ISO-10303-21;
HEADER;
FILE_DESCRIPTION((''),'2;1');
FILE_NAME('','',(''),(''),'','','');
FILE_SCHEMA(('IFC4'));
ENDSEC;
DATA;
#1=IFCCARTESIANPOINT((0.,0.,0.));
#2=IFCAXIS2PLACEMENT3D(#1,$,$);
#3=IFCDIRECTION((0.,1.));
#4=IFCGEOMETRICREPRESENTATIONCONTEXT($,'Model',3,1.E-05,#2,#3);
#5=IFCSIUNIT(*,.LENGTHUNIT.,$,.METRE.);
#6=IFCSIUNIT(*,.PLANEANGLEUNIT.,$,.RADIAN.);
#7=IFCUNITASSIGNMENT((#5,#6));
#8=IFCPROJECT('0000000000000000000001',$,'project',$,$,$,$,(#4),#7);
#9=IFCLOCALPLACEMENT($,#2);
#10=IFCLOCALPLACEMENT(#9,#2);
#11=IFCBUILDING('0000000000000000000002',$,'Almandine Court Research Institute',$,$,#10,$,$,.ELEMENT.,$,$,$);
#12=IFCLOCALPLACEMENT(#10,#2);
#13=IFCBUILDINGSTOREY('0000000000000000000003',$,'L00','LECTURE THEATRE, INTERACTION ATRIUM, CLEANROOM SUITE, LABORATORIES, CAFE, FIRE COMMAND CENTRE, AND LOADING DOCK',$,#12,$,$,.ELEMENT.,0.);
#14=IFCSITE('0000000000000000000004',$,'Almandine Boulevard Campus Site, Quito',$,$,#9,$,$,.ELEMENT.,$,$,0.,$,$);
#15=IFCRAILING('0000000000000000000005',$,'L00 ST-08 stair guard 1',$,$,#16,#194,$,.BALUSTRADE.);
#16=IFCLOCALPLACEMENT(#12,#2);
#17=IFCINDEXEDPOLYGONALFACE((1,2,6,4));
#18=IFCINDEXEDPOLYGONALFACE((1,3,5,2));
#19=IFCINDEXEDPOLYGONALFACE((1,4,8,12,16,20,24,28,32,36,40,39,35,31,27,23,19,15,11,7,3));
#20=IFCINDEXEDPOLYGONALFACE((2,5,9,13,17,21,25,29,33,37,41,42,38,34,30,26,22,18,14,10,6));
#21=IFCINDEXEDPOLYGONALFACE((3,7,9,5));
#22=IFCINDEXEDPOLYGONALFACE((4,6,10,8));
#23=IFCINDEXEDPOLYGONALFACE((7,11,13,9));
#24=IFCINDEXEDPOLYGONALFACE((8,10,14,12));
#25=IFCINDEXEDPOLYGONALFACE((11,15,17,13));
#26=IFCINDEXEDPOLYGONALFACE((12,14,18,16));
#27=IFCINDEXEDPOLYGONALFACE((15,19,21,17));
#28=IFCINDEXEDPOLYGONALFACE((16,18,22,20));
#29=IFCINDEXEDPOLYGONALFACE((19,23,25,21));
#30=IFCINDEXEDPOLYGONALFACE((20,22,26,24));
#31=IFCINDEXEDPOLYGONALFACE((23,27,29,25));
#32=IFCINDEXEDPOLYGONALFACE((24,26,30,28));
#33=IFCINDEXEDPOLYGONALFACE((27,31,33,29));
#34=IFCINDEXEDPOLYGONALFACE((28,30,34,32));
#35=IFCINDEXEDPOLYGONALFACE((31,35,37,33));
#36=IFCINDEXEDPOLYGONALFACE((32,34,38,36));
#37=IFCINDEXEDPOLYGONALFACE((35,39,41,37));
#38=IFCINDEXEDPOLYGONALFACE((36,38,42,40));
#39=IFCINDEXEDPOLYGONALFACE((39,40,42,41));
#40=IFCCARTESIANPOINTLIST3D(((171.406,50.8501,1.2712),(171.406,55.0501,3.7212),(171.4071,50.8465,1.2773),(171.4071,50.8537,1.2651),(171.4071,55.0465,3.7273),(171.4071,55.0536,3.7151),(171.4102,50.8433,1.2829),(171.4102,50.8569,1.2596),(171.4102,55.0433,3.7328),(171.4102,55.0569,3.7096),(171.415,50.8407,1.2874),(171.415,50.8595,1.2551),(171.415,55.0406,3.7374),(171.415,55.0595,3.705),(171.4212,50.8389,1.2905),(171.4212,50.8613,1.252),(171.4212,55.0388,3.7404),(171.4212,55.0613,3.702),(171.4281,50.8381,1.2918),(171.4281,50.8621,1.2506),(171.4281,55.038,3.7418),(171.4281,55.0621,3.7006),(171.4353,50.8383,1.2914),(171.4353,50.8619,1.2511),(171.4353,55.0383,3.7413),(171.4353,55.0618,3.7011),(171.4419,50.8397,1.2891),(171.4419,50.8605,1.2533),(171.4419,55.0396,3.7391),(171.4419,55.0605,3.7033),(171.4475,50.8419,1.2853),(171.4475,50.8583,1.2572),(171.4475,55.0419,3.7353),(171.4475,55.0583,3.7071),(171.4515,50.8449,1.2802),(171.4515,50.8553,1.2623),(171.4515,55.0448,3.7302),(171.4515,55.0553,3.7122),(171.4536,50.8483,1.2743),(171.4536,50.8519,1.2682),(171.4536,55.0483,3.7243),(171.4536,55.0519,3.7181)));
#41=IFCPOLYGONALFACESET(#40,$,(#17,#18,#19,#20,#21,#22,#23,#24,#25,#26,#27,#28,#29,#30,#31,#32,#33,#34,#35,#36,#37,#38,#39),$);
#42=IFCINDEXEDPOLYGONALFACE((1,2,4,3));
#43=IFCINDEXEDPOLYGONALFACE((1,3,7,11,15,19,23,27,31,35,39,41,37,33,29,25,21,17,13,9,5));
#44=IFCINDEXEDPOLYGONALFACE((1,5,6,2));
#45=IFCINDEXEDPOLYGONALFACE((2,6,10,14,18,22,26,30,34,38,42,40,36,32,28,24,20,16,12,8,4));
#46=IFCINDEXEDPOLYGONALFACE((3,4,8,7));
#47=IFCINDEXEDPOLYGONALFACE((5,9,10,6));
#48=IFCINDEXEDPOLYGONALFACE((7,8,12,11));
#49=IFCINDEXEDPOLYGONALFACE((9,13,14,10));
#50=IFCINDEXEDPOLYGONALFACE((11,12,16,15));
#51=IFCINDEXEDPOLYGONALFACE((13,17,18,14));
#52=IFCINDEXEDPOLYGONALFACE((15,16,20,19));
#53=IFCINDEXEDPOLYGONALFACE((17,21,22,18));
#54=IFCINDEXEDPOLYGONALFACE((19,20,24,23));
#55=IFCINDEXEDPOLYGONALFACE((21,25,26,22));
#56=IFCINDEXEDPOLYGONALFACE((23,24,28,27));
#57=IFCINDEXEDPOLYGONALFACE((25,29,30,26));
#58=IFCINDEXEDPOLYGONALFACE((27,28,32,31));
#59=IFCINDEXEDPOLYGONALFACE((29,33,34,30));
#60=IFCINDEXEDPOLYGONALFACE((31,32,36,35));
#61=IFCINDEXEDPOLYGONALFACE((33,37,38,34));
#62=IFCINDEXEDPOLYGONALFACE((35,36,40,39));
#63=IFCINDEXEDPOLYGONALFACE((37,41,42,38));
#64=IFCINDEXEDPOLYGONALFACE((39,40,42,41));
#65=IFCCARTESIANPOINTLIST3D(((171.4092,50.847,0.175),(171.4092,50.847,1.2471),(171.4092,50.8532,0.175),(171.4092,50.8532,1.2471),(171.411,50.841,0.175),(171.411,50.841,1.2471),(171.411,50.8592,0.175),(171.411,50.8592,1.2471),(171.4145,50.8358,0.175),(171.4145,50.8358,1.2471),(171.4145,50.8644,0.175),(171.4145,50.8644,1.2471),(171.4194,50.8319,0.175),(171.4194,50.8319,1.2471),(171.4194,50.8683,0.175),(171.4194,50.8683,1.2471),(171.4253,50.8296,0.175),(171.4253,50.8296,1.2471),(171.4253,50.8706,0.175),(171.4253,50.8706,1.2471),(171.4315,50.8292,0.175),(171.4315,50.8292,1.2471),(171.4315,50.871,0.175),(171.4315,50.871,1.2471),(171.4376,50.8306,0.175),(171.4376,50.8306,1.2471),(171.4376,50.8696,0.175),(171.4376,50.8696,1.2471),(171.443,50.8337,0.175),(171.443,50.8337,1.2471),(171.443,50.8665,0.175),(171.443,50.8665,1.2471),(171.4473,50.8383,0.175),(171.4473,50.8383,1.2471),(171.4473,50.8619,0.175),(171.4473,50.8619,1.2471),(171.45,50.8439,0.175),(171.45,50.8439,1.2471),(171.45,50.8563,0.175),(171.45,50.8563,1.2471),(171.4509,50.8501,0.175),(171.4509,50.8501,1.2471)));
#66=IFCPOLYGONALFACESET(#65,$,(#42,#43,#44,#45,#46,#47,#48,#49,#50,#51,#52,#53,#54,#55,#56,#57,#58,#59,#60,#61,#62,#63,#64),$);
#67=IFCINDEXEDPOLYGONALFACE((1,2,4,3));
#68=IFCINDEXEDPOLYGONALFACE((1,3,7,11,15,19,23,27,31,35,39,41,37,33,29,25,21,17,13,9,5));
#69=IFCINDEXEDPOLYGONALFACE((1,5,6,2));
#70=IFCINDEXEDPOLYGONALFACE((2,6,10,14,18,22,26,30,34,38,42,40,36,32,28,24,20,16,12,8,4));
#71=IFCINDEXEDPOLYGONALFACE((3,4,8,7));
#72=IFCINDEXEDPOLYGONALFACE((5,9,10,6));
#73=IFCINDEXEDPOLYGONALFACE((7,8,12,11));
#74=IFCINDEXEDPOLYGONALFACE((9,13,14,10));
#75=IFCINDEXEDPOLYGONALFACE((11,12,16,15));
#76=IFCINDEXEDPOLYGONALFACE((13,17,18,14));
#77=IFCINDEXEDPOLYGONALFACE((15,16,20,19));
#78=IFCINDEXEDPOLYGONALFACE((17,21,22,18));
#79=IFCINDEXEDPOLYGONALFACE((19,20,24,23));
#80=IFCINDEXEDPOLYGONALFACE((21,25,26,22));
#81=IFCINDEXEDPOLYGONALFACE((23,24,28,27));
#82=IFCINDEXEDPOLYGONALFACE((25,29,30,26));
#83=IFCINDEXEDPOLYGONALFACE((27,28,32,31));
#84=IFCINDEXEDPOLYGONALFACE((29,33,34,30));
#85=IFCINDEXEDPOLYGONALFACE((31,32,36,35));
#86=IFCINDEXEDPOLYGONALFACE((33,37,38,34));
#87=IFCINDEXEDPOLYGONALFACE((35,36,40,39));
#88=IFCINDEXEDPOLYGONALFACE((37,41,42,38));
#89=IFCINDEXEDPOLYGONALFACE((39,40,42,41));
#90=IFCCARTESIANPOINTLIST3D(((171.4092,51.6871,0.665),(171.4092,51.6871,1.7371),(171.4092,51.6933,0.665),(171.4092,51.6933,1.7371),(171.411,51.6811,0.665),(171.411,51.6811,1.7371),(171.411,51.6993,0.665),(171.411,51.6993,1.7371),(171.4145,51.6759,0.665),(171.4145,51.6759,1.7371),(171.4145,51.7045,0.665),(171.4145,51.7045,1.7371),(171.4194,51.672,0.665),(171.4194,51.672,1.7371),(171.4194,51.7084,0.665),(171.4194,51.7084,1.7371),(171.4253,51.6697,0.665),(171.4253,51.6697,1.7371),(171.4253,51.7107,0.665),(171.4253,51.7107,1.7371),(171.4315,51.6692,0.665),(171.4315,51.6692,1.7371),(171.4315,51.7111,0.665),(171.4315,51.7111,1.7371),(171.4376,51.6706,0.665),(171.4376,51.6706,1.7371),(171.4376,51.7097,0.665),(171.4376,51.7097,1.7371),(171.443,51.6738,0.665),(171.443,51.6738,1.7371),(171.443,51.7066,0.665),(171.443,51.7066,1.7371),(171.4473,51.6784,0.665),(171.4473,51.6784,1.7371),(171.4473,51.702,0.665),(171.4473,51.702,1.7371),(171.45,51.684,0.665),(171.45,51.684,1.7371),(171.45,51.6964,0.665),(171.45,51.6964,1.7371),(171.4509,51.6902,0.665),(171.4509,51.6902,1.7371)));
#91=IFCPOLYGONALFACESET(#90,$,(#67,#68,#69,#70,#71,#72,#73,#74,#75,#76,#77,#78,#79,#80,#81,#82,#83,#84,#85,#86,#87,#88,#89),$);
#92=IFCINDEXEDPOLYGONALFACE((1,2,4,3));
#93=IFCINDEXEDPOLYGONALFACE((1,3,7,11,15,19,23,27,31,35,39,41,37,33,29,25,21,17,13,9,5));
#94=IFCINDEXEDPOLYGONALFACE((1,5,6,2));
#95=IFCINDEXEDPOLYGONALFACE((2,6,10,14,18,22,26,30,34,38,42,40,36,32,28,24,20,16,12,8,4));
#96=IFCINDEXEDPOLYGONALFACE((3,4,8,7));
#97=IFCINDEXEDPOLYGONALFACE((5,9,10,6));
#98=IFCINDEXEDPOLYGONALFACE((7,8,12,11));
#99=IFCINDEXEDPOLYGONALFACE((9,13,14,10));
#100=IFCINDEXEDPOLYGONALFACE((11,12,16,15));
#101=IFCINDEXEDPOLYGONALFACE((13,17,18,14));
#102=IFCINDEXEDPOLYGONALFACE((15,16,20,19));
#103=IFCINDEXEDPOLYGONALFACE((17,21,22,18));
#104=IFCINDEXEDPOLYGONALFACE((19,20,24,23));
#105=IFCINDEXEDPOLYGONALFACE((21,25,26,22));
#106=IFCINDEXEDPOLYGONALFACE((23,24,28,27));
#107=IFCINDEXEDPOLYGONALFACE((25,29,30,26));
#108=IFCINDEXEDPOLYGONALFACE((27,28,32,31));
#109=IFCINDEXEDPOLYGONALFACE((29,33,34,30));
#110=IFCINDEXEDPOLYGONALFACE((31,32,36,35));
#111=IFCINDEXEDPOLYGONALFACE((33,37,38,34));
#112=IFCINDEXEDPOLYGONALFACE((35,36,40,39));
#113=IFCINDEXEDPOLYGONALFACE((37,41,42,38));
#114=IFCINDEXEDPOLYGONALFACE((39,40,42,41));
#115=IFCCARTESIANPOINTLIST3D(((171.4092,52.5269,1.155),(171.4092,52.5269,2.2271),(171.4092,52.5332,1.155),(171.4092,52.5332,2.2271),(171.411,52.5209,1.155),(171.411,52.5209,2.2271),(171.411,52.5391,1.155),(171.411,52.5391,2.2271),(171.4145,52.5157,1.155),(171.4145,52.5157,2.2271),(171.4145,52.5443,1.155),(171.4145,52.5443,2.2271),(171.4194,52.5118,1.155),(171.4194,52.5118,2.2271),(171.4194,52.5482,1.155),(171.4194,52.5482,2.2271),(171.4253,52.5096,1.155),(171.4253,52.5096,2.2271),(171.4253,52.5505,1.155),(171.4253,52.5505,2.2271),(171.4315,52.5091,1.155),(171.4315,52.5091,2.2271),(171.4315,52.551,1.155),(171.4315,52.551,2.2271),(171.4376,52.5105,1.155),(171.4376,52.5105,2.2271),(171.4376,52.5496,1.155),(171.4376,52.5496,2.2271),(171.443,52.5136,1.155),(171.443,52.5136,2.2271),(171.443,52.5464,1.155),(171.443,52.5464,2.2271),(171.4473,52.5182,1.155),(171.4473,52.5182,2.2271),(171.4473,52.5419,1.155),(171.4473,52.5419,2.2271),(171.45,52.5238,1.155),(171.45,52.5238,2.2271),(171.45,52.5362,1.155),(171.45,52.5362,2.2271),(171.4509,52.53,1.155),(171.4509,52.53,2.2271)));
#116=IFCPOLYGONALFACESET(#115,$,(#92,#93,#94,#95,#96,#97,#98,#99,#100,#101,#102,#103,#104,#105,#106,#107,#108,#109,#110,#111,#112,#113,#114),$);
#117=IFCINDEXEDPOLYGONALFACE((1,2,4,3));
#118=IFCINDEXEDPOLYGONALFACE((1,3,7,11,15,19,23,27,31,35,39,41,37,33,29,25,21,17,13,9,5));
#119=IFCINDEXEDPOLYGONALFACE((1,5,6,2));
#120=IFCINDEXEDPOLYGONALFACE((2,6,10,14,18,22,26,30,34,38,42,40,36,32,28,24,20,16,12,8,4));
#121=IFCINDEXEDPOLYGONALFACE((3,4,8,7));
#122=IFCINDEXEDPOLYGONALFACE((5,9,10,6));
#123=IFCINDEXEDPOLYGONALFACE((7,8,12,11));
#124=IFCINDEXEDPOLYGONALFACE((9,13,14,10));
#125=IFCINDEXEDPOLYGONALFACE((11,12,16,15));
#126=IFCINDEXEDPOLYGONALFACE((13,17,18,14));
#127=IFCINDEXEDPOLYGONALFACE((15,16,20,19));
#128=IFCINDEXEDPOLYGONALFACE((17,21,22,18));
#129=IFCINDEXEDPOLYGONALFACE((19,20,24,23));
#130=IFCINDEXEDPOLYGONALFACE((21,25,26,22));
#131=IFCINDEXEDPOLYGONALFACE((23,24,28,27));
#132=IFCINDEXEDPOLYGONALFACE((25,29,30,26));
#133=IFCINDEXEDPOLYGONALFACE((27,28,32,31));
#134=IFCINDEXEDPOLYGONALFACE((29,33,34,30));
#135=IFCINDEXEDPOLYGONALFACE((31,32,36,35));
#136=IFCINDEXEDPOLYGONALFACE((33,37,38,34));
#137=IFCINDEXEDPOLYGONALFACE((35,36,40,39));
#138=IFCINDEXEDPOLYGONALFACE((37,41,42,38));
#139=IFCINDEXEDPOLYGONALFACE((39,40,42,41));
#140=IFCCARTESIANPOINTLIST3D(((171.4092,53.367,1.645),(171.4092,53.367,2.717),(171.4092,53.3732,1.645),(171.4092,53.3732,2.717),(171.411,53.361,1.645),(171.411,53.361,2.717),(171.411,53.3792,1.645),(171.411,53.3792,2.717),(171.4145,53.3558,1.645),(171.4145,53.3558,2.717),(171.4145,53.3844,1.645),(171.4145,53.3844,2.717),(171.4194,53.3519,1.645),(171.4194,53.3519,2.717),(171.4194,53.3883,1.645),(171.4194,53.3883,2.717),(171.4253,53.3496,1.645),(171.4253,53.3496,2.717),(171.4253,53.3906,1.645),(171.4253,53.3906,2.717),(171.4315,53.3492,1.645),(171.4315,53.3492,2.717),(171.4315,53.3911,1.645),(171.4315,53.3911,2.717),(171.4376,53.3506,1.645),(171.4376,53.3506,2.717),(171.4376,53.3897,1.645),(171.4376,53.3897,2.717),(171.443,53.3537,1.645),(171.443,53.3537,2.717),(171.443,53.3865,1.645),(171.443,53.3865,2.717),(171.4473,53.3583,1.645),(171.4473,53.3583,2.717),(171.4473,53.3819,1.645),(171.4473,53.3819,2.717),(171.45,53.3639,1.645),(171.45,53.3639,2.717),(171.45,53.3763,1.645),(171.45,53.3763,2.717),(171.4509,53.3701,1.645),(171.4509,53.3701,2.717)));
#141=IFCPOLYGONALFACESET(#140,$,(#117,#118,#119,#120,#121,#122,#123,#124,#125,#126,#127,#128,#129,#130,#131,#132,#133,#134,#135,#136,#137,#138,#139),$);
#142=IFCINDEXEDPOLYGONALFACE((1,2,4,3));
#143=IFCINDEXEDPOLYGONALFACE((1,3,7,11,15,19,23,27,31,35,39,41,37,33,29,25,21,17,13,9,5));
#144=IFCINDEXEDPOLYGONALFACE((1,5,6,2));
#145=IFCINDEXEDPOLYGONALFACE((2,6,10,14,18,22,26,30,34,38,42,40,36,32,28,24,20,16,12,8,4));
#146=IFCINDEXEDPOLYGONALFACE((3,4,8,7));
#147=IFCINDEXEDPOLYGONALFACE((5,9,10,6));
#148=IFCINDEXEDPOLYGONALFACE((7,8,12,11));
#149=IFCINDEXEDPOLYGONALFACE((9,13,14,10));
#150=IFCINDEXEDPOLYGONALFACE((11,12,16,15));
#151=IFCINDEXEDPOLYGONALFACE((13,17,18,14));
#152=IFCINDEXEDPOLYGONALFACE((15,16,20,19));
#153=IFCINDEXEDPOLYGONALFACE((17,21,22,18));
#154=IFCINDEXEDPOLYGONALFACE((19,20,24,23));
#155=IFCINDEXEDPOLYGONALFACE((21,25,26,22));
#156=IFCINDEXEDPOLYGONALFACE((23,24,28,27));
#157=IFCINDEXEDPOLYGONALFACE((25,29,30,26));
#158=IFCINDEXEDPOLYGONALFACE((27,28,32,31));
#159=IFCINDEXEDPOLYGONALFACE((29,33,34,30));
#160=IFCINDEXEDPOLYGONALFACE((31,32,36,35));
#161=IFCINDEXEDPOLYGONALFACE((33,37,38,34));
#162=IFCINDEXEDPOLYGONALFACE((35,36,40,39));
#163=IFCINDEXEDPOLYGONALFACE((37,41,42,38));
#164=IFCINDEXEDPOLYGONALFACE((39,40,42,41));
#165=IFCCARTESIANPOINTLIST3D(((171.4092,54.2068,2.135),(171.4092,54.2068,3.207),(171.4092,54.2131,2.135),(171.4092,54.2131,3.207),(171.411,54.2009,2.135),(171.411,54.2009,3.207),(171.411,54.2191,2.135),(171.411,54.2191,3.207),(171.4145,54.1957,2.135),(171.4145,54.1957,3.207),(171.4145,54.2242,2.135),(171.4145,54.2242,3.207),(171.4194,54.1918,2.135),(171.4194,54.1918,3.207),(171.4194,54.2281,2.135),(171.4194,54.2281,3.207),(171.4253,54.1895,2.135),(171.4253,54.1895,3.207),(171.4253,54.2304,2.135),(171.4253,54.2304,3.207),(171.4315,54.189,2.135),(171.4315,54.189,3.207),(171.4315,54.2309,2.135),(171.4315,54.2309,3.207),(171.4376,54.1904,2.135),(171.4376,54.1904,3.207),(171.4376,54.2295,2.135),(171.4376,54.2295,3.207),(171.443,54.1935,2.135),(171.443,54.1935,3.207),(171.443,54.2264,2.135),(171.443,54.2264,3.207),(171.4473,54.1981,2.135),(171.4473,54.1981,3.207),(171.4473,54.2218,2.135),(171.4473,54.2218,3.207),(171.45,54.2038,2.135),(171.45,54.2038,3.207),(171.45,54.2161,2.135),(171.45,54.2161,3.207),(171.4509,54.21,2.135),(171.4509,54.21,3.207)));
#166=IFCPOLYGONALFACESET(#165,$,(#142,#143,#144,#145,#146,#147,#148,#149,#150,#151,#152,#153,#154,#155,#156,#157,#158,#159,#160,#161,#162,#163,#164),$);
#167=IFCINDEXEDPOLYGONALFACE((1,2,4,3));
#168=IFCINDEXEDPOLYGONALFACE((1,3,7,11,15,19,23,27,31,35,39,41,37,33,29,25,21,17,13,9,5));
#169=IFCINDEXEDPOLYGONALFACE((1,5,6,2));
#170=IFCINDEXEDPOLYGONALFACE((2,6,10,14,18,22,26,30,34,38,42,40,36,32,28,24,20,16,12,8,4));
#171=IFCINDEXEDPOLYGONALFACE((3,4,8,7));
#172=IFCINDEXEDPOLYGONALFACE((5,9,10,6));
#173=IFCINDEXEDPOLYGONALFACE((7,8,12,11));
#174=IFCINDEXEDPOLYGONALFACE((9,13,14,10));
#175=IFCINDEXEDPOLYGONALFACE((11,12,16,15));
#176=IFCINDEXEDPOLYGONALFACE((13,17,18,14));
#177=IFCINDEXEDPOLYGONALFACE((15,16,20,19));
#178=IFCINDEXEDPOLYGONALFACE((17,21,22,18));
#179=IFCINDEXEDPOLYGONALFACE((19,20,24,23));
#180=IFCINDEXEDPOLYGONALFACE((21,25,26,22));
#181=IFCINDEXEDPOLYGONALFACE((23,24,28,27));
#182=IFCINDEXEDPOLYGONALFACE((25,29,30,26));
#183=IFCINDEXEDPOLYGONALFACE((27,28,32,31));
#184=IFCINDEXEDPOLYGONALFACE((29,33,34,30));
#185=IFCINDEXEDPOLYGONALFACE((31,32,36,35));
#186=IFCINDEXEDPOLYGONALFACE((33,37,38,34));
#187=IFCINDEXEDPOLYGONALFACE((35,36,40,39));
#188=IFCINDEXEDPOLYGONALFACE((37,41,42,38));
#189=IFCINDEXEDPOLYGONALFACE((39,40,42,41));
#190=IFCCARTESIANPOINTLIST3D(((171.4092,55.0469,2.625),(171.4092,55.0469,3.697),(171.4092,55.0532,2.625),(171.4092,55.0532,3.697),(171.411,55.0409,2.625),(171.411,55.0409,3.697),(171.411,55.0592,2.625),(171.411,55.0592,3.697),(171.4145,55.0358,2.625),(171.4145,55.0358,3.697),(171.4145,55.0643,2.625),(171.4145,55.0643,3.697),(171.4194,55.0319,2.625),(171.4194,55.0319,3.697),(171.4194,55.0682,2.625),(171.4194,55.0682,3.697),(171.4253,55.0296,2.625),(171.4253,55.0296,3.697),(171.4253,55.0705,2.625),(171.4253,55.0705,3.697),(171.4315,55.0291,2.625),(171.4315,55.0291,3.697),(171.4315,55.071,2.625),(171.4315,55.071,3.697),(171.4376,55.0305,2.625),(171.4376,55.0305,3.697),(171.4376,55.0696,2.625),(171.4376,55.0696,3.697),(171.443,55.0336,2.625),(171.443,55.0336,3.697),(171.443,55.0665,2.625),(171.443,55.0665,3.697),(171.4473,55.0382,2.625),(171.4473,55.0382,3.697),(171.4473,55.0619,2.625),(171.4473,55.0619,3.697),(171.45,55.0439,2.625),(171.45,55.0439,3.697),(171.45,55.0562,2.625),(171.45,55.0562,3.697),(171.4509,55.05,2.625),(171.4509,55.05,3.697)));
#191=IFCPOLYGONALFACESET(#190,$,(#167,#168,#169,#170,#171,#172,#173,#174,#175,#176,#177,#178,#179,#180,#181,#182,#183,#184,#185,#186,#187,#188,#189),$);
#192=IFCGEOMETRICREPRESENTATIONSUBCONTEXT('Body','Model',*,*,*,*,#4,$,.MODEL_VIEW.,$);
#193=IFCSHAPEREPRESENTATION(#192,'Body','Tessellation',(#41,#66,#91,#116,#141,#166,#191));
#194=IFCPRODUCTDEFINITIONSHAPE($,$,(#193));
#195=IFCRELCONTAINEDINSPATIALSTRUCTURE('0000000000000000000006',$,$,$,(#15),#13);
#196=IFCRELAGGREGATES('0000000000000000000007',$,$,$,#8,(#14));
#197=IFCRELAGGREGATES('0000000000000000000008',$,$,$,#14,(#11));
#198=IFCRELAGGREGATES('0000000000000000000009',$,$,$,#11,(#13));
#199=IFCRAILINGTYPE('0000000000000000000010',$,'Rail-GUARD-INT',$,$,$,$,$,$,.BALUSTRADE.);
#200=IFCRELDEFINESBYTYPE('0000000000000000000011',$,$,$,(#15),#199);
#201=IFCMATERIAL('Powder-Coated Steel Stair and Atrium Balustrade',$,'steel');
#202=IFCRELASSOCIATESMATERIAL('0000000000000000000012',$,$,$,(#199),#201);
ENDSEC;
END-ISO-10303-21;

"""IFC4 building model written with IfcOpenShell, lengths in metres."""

from ifc_helpers import new_model, si_unit, direction, frame, origin, origin_2d, place, context, subcontext, project, spatial, circle, extrude, material, type_object, element, save


model = new_model("IFC4")

# Units and contexts
model_context = context("Model", 3, precision=1e-05, world=origin(), true_north=direction((0.0, 1.0)))
body_context = subcontext(model_context, "Body", "Model", "MODEL_VIEW")
ifc_project = project(units=[si_unit("LENGTHUNIT", "METRE"), si_unit("PLANEANGLEUNIT", "RADIAN")], contexts=[model_context])

# Site, building, storey
site_placement = place(None, origin())
site = spatial("IfcSite", under=ifc_project, at=site_placement, Name="Almandine Boulevard Campus Site, Quito", CompositionType="ELEMENT", RefElevation=0.0)
building_placement = place(site_placement, origin())
building = spatial("IfcBuilding", under=site, at=building_placement, Name="Almandine Court Research Institute", CompositionType="ELEMENT")
storey_placement = place(building_placement, origin())
storey = spatial("IfcBuildingStorey", under=building, at=storey_placement, Name="L00", Description="LECTURE THEATRE, INTERACTION ATRIUM, CLEANROOM SUITE, LABORATORIES, CAFE, FIRE COMMAND CENTRE, AND LOADING DOCK", CompositionType="ELEMENT", Elevation=0.0)

# Railing
ifc_material_1 = material(Name="Powder-Coated Steel Stair and Atrium Balustrade", Category="steel")
railing_type_1 = type_object("IfcRailingType", Name="Rail-GUARD-INT", PredefinedType="BALUSTRADE", material=ifc_material_1)
railing_1_placement = place(storey_placement, frame((171.4299, 50.8501, 0.175)))
element("IfcRailing", 1, at=railing_1_placement, inside=storey, type_object=railing_type_1, Name="L00 ST-08 stair guard 1", PredefinedType="BALUSTRADE", context=body_context, shape_type="SweptSolid", body=[
    extrude(circle(Radius=0.0239, at=origin_2d()), frame((0.0, 0.0, 1.0962), z_axis=(0.0, 0.863781, 0.503868), x_axis=(-1.0, 0.0, 0.0)), (0.0, 0.0, 1.0), 4.8623),
    extrude(circle(Radius=0.021, at=origin_2d()), origin(), (0.0, 0.0, 1.0), 1.072),
    extrude(circle(Radius=0.021, at=origin_2d()), frame((0.0, 0.8401, 0.49)), (0.0, 0.0, 1.0), 1.072),
    extrude(circle(Radius=0.021, at=origin_2d()), frame((0.0, 1.6799, 0.98)), (0.0, 0.0, 1.0), 1.072),
    extrude(circle(Radius=0.021, at=origin_2d()), frame((0.0, 2.52, 1.47)), (0.0, 0.0, 1.0), 1.072),
    extrude(circle(Radius=0.021, at=origin_2d()), frame((0.0, 3.3599, 1.96)), (0.0, 0.0, 1.0), 1.072),
    extrude(circle(Radius=0.021, at=origin_2d()), frame((0.0, 4.2, 2.45)), (0.0, 0.0, 1.0), 1.072),
])

save(model, "model.ifc")
